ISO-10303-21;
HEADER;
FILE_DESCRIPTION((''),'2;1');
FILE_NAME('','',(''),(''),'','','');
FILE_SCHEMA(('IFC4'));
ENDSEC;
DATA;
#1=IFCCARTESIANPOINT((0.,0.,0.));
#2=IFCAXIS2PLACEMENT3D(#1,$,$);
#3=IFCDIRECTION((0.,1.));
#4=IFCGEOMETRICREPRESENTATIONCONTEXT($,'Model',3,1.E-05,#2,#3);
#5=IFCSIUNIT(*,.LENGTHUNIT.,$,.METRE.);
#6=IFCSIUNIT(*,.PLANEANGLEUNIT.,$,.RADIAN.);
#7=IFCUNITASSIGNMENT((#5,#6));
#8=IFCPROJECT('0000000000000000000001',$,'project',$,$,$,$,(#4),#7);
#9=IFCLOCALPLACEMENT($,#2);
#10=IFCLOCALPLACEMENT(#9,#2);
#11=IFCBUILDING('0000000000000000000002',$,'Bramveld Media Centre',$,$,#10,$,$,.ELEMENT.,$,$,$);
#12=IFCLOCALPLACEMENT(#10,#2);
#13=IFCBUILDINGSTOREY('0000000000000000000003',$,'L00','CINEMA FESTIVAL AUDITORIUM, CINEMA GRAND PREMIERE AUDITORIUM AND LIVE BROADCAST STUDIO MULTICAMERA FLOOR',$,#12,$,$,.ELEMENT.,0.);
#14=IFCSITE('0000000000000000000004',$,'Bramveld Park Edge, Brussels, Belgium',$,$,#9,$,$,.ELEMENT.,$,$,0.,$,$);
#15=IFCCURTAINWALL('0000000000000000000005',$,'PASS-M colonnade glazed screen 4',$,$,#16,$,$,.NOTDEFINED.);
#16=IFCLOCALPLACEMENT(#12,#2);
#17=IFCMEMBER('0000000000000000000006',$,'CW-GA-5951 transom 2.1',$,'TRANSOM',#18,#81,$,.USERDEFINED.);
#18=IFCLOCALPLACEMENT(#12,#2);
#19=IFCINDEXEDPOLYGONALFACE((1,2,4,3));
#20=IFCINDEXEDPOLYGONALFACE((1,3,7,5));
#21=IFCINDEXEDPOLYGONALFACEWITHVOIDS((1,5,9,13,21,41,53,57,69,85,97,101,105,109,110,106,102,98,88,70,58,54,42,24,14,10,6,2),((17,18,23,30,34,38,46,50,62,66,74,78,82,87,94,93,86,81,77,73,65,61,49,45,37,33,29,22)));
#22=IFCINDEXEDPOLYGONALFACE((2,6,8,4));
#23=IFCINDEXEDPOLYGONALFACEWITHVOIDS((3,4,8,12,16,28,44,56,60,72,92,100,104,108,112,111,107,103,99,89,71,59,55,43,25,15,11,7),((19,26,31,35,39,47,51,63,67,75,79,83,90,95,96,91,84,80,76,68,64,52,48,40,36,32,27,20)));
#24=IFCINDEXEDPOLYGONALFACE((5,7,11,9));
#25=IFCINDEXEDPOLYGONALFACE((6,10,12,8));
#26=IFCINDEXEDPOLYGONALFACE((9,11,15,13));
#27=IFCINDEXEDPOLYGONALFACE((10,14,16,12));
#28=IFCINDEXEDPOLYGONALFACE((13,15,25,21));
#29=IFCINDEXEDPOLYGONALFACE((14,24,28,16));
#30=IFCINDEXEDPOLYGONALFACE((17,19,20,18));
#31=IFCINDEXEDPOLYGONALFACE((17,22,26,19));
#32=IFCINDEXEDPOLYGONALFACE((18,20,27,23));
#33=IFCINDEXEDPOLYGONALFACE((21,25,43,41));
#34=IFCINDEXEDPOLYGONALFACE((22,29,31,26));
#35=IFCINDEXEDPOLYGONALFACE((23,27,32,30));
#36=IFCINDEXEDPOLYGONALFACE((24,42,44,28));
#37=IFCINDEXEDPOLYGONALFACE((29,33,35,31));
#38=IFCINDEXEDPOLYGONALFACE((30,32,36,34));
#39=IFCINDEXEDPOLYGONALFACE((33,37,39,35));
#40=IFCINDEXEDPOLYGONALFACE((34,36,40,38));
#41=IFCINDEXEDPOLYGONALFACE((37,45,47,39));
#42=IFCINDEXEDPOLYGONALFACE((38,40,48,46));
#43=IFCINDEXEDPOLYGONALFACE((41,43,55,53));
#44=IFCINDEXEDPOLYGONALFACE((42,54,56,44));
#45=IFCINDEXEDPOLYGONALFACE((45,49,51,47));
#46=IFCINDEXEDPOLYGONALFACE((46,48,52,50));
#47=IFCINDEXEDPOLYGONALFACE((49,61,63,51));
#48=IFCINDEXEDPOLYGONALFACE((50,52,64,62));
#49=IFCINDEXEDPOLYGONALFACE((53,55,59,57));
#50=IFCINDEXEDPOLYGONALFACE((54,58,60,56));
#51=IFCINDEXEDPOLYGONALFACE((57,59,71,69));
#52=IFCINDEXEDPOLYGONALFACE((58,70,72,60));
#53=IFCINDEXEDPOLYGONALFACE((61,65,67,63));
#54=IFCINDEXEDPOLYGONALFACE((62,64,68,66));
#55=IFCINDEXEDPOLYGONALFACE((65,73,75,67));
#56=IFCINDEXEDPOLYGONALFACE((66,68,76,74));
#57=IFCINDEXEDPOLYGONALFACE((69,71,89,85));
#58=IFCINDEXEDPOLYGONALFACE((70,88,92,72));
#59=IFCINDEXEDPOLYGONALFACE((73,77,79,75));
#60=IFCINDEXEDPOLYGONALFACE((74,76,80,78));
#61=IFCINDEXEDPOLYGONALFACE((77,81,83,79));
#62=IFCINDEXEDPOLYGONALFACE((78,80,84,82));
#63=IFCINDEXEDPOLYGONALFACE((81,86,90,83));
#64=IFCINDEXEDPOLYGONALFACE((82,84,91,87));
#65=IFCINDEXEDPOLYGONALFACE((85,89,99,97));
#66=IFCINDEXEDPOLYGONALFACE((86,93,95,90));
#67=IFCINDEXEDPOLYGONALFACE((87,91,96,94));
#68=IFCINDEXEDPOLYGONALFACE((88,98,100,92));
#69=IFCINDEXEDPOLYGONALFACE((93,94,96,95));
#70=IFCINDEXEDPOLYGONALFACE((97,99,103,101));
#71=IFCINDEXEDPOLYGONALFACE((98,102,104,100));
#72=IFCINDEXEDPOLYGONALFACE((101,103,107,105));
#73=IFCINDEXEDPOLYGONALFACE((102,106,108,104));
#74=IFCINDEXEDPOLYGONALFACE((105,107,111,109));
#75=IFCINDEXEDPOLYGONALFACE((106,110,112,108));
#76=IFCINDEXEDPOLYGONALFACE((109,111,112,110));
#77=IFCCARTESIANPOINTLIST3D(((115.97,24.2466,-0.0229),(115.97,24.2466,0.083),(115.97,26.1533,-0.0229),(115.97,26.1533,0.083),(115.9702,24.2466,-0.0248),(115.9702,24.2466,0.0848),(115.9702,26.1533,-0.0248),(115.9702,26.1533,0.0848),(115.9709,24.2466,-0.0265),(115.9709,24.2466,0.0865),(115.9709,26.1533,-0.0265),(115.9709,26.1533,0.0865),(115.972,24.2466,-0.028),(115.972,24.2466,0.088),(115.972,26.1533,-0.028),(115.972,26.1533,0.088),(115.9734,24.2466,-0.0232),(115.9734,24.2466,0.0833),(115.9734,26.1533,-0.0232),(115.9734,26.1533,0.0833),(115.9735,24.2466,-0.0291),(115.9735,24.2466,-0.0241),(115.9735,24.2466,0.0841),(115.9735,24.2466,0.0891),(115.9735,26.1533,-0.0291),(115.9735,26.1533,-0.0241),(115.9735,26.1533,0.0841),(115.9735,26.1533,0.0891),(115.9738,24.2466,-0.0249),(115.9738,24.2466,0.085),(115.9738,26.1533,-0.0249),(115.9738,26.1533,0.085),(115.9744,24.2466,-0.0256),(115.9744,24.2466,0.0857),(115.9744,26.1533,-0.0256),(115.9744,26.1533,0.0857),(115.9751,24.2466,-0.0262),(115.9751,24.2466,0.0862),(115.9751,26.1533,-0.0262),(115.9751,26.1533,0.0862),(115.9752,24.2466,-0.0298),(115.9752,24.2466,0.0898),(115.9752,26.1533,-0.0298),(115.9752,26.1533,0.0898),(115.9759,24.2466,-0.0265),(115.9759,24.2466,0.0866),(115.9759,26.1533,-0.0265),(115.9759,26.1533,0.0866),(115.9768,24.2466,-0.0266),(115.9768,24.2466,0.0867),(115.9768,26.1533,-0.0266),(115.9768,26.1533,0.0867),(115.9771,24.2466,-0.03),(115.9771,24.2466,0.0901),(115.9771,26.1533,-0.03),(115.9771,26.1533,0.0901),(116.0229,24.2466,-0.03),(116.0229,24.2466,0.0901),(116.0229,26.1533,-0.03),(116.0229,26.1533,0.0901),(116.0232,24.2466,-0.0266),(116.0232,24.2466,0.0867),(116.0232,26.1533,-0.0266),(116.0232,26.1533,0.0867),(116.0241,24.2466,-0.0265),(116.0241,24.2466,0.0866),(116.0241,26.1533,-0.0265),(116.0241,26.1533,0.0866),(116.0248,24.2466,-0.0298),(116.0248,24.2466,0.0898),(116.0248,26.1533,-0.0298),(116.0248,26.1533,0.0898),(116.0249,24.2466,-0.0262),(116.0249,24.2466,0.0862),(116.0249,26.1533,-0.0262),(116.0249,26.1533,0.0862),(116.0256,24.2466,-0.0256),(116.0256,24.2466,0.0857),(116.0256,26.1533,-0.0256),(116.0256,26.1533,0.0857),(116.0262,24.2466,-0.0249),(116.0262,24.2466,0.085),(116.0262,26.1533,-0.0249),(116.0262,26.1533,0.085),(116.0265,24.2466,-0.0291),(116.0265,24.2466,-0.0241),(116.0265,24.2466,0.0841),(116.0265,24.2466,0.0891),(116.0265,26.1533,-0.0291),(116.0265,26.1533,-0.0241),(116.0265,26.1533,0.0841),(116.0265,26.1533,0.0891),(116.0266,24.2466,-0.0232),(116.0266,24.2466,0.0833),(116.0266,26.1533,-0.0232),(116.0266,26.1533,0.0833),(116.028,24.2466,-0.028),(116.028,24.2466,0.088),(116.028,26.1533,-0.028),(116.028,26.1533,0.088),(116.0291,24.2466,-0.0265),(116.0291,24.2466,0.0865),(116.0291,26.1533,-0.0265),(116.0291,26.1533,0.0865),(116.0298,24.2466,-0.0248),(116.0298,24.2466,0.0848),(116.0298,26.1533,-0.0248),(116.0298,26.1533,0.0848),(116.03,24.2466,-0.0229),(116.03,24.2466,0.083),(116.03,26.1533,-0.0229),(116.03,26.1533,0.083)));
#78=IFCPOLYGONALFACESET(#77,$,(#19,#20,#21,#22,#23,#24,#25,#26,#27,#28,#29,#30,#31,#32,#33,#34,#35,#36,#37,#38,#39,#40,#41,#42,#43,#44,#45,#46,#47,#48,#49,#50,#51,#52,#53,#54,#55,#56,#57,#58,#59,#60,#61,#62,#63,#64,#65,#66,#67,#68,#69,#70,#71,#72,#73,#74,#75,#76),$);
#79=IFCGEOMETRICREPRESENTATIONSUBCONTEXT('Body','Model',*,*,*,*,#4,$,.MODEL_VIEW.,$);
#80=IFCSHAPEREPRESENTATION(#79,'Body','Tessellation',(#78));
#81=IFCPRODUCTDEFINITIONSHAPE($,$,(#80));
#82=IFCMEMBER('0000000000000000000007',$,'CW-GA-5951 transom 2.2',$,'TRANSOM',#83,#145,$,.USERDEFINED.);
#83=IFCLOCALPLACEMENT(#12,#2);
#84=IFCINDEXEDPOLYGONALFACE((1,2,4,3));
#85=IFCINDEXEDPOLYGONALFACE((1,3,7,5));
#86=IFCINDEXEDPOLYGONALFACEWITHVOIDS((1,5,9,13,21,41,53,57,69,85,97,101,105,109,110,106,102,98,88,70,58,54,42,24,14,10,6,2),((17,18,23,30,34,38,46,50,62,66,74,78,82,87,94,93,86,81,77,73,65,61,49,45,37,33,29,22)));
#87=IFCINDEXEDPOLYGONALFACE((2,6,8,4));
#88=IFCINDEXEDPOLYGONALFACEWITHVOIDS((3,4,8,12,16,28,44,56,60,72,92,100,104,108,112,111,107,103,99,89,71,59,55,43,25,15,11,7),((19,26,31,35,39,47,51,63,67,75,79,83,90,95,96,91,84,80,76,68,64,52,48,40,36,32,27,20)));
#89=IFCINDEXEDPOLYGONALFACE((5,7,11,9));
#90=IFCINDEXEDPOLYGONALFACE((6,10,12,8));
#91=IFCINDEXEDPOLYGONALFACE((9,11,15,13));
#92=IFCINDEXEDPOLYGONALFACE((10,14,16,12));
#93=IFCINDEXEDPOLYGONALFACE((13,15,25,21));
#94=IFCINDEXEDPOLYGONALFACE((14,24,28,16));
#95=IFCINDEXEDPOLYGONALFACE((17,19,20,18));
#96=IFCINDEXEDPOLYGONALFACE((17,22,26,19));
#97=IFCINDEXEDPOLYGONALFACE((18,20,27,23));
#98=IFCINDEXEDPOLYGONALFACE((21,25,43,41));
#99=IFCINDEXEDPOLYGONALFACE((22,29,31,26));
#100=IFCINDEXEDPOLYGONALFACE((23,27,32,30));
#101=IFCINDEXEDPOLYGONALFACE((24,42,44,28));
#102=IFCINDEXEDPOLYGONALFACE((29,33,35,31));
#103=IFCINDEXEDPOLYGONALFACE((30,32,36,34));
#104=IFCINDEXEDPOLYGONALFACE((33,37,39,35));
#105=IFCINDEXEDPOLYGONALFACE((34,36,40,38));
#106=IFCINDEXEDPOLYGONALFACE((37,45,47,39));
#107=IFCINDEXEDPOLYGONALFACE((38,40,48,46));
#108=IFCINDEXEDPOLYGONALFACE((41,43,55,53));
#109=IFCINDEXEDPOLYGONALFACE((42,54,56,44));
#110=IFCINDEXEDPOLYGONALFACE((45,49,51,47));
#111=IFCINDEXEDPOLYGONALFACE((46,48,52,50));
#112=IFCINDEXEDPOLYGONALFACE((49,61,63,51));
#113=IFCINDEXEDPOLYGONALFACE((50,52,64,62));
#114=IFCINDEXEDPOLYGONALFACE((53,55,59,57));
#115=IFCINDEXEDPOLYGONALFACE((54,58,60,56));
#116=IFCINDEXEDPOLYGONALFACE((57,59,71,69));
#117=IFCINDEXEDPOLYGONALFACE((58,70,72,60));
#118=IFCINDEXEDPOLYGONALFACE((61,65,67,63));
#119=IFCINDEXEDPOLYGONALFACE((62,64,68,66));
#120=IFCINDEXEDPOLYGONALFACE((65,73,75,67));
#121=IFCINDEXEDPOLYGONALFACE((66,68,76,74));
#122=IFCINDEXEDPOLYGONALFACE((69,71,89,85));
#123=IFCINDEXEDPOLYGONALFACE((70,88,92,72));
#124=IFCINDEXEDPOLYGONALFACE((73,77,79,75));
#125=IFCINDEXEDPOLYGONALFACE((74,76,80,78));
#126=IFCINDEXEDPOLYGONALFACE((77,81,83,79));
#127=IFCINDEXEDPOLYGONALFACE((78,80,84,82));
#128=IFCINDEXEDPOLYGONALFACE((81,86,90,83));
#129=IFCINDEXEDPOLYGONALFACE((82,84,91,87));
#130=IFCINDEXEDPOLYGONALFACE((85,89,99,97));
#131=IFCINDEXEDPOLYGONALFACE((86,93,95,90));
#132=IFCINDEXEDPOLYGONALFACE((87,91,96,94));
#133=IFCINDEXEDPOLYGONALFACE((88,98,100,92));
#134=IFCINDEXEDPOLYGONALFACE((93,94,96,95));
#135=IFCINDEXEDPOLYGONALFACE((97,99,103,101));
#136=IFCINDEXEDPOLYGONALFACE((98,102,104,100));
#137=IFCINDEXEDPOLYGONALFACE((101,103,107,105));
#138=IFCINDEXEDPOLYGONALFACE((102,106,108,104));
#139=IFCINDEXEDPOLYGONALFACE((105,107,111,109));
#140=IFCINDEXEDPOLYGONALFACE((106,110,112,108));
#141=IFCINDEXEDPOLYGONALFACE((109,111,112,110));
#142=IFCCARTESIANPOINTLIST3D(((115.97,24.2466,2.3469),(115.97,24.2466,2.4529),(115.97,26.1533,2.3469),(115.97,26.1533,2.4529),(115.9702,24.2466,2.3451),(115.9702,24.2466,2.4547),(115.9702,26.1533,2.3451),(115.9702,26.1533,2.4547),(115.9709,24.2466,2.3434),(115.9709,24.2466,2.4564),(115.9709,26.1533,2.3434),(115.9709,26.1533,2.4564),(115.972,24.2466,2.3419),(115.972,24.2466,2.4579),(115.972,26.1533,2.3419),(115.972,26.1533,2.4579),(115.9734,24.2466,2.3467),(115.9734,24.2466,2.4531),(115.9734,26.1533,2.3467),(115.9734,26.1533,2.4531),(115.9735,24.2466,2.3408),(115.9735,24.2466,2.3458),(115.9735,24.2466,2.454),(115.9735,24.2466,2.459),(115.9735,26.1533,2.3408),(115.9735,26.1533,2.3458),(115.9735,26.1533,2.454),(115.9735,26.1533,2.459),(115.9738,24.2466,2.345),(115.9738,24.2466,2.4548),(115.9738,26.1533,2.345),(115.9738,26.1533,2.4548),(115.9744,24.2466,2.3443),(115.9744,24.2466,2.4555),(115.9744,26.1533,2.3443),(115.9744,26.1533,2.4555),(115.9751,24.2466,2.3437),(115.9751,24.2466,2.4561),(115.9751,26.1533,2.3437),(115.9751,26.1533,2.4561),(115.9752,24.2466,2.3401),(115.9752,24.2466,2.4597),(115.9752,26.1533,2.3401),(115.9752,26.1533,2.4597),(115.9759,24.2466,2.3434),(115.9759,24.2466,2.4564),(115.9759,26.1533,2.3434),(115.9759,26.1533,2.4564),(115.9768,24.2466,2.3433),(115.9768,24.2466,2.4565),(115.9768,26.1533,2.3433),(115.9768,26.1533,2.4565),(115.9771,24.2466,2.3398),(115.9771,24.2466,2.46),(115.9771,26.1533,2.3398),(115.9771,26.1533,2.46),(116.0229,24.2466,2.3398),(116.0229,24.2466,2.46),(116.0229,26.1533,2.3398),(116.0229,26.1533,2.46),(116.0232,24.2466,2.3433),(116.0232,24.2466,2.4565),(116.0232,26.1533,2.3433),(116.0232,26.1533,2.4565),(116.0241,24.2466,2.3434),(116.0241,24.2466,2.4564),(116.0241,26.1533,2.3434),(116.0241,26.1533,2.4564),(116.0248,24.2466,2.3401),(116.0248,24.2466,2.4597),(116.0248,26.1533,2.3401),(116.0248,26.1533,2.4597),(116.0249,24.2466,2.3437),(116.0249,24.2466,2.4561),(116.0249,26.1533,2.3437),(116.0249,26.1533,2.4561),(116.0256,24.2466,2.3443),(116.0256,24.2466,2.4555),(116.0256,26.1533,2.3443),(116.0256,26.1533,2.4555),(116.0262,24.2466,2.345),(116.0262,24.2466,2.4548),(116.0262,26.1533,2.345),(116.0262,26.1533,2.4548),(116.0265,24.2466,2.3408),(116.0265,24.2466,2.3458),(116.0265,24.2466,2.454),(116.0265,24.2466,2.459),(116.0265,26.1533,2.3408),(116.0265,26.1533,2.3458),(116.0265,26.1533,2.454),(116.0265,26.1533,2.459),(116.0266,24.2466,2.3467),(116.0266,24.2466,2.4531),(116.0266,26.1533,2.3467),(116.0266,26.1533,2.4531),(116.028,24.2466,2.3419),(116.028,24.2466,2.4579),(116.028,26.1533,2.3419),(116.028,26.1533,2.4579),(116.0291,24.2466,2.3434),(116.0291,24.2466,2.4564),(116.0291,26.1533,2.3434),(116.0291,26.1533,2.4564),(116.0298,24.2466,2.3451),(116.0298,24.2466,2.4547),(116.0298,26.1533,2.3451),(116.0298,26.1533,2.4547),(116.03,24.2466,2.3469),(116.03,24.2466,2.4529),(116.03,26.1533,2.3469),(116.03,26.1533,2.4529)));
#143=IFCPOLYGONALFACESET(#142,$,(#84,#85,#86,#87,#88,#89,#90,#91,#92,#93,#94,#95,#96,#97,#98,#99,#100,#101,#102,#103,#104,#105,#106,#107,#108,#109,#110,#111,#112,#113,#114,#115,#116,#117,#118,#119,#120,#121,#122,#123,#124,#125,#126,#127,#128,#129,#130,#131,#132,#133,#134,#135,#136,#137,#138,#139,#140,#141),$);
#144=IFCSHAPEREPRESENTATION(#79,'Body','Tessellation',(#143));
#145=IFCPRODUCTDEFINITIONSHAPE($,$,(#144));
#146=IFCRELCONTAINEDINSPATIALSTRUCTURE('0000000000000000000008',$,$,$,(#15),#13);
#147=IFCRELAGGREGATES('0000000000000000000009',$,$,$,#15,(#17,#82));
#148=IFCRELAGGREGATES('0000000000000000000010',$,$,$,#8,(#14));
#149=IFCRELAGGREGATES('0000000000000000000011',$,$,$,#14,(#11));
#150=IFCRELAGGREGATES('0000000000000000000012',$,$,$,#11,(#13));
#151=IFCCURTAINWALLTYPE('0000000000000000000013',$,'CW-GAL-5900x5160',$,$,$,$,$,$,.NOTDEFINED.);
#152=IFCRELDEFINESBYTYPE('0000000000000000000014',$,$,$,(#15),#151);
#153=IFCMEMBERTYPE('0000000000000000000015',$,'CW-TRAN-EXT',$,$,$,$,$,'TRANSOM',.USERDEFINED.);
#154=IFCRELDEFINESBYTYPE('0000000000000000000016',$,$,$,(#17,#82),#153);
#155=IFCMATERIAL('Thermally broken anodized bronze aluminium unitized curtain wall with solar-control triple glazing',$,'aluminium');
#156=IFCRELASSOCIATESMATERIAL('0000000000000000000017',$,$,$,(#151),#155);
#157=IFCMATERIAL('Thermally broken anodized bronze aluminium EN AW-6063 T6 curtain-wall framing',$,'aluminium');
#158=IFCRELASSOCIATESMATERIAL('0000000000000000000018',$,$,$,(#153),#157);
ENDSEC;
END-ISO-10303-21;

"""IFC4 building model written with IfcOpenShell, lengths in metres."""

from ifc_helpers import new_model, si_unit, direction, frame, origin, origin_2d, place, context, subcontext, project, spatial, hollow_rectangle, extrude, material, material_profile, profile_set, type_object, element, aggregate, save


model = new_model("IFC4")

# Units and contexts
model_context = context("Model", 3, precision=1e-05, world=origin(), true_north=direction((0.0, 1.0)))
body_context = subcontext(model_context, "Body", "Model", "MODEL_VIEW")
ifc_project = project(units=[si_unit("LENGTHUNIT", "METRE"), si_unit("PLANEANGLEUNIT", "RADIAN")], contexts=[model_context])

# Site, building, storey
site_placement = place(None, origin())
site = spatial("IfcSite", under=ifc_project, at=site_placement, Name="Bramveld Park Edge, Brussels, Belgium", CompositionType="ELEMENT", RefElevation=0.0)
building_placement = place(site_placement, origin())
building = spatial("IfcBuilding", under=site, at=building_placement, Name="Bramveld Media Centre", CompositionType="ELEMENT")
storey_placement = place(building_placement, origin())
storey = spatial("IfcBuildingStorey", under=building, at=storey_placement, Name="L00", Description="CINEMA FESTIVAL AUDITORIUM, CINEMA GRAND PREMIERE AUDITORIUM AND LIVE BROADCAST STUDIO MULTICAMERA FLOOR", CompositionType="ELEMENT", Elevation=0.0)

# Curtain wall, members
ifc_material_1 = material(Name="Thermally broken anodized bronze aluminium unitized curtain wall with solar-control triple glazing", Category="aluminium")
curtain_wall_type = type_object("IfcCurtainWallType", Name="CW-GAL-5900x5160", PredefinedType="NOTDEFINED", material=ifc_material_1)
curtain_wall_placement = place(storey_placement, origin())
curtain_wall = element("IfcCurtainWall", 1, at=curtain_wall_placement, inside=storey, type_object=curtain_wall_type, Name="PASS-M colonnade glazed screen 4", PredefinedType="NOTDEFINED")
ifc_material_2 = material(Name="Thermally broken anodized bronze aluminium EN AW-6063 T6 curtain-wall framing", Category="aluminium")
ifc_material_profile_1 = material_profile(ifc_material_2, hollow_rectangle(XDim=0.0601, YDim=0.1201, WallThickness=0.0034, InnerFilletRadius=0.0034, OuterFilletRadius=0.0071, at=origin_2d()), Name="AL-TRAN 60x120")
ifc_profile_set_1 = profile_set([ifc_material_profile_1], Name="Thermally broken anodized bronze aluminium EN AW-6063 T6 curtain-wall framing")
member_type_1 = type_object("IfcMemberType", Name="CW-TRAN-EXT", ElementType="TRANSOM", PredefinedType="USERDEFINED", material=ifc_profile_set_1)
member_1_placement = place(storey_placement, frame((116.0, 24.2466, 0.03), z_axis=(0.0, 1.0, 0.0), x_axis=(-1.0, 0.0, 0.0)))
member_1 = element("IfcMember", 2, at=member_1_placement, type_object=member_type_1, Name="CW-GA-5951 transom 2.1", ObjectType="TRANSOM", PredefinedType="USERDEFINED", context=body_context, shape_type="SweptSolid", body=[
    extrude(hollow_rectangle(XDim=0.0601, YDim=0.1201, WallThickness=0.0034, InnerFilletRadius=0.0034, OuterFilletRadius=0.0071, at=origin_2d()), origin(), (0.0, 0.0, 1.0), 1.9067),
])
member_2_placement = place(storey_placement, frame((116.0, 24.2466, 2.3999), z_axis=(0.0, 1.0, 0.0), x_axis=(-1.0, 0.0, 0.0)))
member_2 = element("IfcMember", 3, at=member_2_placement, type_object=member_type_1, Name="CW-GA-5951 transom 2.2", ObjectType="TRANSOM", PredefinedType="USERDEFINED", context=body_context, shape_type="SweptSolid", body=[
    extrude(hollow_rectangle(XDim=0.0601, YDim=0.1201, WallThickness=0.0034, InnerFilletRadius=0.0034, OuterFilletRadius=0.0071, at=origin_2d()), origin(), (0.0, 0.0, 1.0), 1.9067),
])
aggregate(curtain_wall, [member_1, member_2])

save(model, "model.ifc")
